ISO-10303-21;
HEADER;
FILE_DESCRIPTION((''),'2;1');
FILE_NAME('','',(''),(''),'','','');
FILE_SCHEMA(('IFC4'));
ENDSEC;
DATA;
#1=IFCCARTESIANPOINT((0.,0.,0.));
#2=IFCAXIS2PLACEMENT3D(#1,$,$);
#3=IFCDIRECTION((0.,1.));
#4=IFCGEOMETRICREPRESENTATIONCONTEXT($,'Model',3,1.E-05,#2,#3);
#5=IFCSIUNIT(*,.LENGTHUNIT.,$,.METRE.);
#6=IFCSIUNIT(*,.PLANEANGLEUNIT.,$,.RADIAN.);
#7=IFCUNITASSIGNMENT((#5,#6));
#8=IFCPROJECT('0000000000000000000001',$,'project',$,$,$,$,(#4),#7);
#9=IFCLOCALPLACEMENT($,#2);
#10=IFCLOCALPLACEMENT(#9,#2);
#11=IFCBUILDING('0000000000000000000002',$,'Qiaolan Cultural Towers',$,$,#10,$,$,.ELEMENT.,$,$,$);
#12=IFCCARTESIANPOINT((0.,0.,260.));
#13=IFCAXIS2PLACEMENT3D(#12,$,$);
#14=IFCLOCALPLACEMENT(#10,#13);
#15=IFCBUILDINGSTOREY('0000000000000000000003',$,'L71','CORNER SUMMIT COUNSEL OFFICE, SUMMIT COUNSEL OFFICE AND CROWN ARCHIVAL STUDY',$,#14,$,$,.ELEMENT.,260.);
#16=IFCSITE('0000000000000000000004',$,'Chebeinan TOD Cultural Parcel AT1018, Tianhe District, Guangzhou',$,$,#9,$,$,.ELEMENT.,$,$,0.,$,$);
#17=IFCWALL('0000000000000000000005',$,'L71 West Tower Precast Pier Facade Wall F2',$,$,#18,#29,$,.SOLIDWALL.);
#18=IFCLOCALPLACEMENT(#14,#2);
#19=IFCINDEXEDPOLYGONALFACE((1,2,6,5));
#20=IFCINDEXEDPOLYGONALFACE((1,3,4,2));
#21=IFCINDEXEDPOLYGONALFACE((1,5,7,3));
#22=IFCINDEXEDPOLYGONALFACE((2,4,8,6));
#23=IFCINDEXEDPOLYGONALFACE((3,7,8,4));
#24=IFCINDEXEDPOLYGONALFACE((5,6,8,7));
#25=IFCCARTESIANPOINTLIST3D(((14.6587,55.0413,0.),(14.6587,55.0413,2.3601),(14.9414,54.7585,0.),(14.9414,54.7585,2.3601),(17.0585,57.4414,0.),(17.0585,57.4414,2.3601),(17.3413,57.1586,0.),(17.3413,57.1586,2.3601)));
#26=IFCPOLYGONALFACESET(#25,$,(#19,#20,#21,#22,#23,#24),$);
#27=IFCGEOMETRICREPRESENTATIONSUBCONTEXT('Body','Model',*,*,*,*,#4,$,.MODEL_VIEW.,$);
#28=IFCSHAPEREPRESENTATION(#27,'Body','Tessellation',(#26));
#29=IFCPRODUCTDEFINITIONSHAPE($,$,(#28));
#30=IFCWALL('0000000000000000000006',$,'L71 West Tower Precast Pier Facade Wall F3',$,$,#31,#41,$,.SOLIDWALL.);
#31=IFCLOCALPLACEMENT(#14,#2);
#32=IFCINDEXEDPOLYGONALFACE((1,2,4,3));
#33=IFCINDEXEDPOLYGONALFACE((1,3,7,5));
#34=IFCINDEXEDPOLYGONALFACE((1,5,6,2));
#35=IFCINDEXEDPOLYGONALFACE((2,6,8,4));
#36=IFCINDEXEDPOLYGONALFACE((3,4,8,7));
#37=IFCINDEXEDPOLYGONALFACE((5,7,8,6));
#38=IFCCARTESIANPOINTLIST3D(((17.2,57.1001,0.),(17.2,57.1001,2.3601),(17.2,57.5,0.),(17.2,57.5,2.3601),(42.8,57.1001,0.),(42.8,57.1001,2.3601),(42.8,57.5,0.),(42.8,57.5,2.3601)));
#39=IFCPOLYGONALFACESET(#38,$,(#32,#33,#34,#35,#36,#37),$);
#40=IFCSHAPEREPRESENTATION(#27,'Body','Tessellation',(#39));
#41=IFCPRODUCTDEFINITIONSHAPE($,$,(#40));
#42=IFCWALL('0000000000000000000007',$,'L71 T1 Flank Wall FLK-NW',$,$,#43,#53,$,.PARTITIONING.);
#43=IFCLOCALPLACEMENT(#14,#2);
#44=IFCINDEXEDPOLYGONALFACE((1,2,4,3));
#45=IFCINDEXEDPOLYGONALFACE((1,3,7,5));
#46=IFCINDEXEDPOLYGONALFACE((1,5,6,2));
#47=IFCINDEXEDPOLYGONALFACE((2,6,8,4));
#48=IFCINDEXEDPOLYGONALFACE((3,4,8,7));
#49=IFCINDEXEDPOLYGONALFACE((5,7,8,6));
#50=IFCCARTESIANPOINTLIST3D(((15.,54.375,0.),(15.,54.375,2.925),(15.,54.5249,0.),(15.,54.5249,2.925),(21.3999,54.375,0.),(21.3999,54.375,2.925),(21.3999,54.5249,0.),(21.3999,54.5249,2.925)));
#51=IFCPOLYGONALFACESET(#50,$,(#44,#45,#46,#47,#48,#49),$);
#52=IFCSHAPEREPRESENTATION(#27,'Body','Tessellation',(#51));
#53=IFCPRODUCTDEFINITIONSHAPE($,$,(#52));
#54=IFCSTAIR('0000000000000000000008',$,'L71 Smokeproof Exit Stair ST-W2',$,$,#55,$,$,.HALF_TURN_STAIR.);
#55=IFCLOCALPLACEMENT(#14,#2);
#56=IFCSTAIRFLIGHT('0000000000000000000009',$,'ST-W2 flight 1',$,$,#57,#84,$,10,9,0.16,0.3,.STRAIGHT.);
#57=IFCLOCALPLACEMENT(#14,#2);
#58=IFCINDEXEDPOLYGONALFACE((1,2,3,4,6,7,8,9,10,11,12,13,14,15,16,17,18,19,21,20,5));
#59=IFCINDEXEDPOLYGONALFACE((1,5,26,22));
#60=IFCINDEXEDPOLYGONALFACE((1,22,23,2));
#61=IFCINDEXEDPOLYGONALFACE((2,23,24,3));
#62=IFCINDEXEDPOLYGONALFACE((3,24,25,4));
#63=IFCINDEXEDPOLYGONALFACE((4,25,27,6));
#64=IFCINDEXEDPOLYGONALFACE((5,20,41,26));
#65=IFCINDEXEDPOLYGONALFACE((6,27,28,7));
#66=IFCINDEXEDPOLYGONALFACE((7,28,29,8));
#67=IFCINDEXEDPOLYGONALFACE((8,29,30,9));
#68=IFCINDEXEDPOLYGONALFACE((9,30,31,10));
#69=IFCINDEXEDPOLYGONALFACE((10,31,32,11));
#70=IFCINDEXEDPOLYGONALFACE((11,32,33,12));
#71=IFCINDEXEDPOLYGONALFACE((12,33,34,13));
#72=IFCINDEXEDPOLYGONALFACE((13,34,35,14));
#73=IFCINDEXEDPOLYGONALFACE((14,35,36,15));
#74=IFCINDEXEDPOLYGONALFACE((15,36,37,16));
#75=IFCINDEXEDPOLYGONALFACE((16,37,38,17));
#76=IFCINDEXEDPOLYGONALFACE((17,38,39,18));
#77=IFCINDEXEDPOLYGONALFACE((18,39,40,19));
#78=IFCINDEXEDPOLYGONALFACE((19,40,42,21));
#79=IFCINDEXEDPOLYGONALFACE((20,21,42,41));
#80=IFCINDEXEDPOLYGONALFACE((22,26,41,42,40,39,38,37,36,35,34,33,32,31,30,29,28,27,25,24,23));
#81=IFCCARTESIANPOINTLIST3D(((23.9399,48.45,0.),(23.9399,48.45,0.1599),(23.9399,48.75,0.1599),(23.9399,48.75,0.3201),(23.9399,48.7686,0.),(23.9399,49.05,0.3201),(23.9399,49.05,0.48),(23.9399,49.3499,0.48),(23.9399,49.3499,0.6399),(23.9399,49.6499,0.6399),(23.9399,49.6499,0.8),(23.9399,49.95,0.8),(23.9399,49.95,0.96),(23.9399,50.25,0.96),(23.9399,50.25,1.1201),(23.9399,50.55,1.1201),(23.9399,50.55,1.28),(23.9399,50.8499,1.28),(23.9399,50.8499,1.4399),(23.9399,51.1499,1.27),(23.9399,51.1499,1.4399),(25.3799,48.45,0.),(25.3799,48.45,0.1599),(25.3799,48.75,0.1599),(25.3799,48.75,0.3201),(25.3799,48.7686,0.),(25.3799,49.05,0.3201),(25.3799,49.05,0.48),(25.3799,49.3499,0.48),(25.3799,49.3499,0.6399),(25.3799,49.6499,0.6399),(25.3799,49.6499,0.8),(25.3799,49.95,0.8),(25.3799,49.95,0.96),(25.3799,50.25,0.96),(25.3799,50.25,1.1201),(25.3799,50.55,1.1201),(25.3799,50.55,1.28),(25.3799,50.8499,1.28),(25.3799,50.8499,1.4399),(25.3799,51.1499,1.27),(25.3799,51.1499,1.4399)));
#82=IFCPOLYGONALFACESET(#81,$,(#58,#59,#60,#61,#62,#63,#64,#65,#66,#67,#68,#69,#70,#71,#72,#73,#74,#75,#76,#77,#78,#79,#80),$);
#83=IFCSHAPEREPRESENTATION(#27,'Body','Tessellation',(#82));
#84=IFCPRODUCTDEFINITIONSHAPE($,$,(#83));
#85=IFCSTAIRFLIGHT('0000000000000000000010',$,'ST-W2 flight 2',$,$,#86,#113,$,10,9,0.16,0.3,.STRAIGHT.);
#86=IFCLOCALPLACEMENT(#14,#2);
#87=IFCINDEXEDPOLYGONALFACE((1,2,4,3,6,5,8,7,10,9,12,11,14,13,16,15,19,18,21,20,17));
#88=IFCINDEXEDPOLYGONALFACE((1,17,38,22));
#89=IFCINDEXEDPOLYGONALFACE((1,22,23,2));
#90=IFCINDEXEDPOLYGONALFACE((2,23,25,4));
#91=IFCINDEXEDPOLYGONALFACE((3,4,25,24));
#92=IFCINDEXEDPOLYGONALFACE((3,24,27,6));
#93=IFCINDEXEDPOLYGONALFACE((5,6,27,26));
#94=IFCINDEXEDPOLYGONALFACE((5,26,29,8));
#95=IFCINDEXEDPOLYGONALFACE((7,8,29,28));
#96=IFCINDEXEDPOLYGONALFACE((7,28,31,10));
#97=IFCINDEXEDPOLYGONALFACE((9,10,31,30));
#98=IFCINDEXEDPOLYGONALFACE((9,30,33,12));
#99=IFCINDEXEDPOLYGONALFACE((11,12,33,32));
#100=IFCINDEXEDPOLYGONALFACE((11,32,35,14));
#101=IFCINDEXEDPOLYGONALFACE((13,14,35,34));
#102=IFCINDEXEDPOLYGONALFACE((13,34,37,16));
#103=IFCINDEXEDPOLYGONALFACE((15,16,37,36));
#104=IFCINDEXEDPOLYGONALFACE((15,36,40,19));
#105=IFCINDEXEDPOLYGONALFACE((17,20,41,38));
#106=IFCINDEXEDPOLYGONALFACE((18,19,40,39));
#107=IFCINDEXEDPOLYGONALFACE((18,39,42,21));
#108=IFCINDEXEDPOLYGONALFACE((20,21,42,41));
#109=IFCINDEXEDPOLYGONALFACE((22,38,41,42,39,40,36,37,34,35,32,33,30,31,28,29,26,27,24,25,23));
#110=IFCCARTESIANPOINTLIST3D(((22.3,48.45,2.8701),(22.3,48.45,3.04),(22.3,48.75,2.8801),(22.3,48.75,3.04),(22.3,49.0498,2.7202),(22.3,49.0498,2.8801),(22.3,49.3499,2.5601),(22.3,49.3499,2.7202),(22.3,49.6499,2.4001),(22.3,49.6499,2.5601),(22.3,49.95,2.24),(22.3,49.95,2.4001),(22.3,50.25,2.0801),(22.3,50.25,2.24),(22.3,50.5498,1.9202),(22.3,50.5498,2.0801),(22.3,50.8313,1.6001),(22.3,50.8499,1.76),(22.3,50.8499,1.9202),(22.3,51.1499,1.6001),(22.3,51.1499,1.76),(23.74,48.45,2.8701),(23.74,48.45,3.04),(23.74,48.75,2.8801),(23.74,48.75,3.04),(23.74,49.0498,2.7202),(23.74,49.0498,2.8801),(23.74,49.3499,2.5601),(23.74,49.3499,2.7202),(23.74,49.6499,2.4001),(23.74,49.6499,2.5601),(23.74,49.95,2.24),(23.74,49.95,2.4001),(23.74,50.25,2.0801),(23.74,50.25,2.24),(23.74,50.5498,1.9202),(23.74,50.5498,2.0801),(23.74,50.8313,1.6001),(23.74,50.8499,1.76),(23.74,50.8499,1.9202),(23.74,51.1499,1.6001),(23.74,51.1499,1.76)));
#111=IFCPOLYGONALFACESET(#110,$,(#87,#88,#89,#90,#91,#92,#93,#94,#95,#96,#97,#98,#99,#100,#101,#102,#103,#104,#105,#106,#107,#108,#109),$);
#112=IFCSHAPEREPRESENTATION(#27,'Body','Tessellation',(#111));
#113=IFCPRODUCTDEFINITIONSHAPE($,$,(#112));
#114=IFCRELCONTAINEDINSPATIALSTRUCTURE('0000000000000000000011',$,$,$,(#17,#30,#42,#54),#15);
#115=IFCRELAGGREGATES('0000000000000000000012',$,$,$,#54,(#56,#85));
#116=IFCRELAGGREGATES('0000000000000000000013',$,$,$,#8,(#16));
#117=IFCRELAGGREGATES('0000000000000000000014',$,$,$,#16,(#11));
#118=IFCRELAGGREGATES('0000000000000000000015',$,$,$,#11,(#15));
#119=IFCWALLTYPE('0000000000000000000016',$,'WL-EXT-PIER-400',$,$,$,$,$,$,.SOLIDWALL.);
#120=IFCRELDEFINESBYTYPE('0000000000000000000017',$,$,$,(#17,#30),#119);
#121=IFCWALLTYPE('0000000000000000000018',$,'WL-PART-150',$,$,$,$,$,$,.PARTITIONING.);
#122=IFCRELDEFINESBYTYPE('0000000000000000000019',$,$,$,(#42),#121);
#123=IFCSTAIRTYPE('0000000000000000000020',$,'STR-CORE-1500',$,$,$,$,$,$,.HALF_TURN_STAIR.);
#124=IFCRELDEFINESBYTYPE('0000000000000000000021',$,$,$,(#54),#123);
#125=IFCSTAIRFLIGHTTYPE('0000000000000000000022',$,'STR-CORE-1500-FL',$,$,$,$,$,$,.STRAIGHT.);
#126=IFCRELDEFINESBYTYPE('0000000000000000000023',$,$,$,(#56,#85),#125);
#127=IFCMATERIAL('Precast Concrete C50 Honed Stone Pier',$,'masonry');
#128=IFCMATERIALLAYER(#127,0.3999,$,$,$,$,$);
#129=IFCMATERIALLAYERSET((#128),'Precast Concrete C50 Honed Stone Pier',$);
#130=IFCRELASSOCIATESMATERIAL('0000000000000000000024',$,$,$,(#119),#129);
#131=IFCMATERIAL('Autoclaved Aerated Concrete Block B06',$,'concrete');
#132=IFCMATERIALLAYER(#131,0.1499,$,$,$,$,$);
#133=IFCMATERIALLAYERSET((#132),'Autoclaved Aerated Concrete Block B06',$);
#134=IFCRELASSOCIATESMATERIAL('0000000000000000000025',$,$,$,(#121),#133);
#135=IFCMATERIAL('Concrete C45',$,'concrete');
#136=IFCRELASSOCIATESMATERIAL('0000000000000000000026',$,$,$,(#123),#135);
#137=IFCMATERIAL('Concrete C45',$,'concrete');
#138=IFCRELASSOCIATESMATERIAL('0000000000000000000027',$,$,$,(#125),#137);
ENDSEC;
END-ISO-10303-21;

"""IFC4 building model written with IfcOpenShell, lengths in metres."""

from ifc_helpers import new_model, si_unit, direction, frame, frame_2d, origin, place, context, subcontext, project, spatial, polyline, rectangle, outline, extrude, material, layer, layer_set, type_object, element, aggregate, save


model = new_model("IFC4")

# Units and contexts
model_context = context("Model", 3, precision=1e-05, world=origin(), true_north=direction((0.0, 1.0)))
body_context = subcontext(model_context, "Body", "Model", "MODEL_VIEW")
ifc_project = project(units=[si_unit("LENGTHUNIT", "METRE"), si_unit("PLANEANGLEUNIT", "RADIAN")], contexts=[model_context])

# Site, building, storey
site_placement = place(None, origin())
site = spatial("IfcSite", under=ifc_project, at=site_placement, Name="Chebeinan TOD Cultural Parcel AT1018, Tianhe District, Guangzhou", CompositionType="ELEMENT", RefElevation=0.0)
building_placement = place(site_placement, origin())
building = spatial("IfcBuilding", under=site, at=building_placement, Name="Qiaolan Cultural Towers", CompositionType="ELEMENT")
storey_placement = place(building_placement, frame((0.0, 0.0, 260.0)))
storey = spatial("IfcBuildingStorey", under=building, at=storey_placement, Name="L71", Description="CORNER SUMMIT COUNSEL OFFICE, SUMMIT COUNSEL OFFICE AND CROWN ARCHIVAL STUDY", CompositionType="ELEMENT", Elevation=260.0)

# Walls
ifc_material_1 = material(Name="Precast Concrete C50 Honed Stone Pier", Category="masonry")
ifc_layer_1 = layer(ifc_material_1, 0.3999)
ifc_layer_set_1 = layer_set([ifc_layer_1], Name="Precast Concrete C50 Honed Stone Pier")
wall_type_1 = type_object("IfcWallType", Name="WL-EXT-PIER-400", PredefinedType="SOLIDWALL", material=ifc_layer_set_1)
wall_1_placement = place(storey_placement, frame((14.8, 54.8999, 0.0), z_axis=(0.0, 0.0, 1.0), x_axis=(0.707071, 0.707143, 0.0)))
element("IfcWall", 1, at=wall_1_placement, inside=storey, type_object=wall_type_1, Name="L71 West Tower Precast Pier Facade Wall F2", PredefinedType="SOLIDWALL", context=body_context, shape_type="SweptSolid", body=[
    extrude(rectangle(XDim=3.394, YDim=0.3999, at=frame_2d((1.697, 0.0))), origin(), (0.0, 0.0, 1.0), 2.3601),
])
wall_2_placement = place(storey_placement, frame((17.2, 57.3, 0.0), z_axis=(0.0, 0.0, 1.0), x_axis=(1.0, 0.0, 0.0)))
element("IfcWall", 2, at=wall_2_placement, inside=storey, type_object=wall_type_1, Name="L71 West Tower Precast Pier Facade Wall F3", PredefinedType="SOLIDWALL", context=body_context, shape_type="SweptSolid", body=[
    extrude(rectangle(XDim=25.6001, YDim=0.3999, at=frame_2d((12.8, 0.0))), origin(), (0.0, 0.0, 1.0), 2.3601),
])
ifc_material_2 = material(Name="Autoclaved Aerated Concrete Block B06", Category="concrete")
ifc_layer_2 = layer(ifc_material_2, 0.1499)
ifc_layer_set_2 = layer_set([ifc_layer_2], Name="Autoclaved Aerated Concrete Block B06")
wall_type_2 = type_object("IfcWallType", Name="WL-PART-150", PredefinedType="PARTITIONING", material=ifc_layer_set_2)
wall_3_placement = place(storey_placement, frame((15.0, 54.45, 0.0), z_axis=(0.0, 0.0, 1.0), x_axis=(1.0, 0.0, 0.0)))
element("IfcWall", 3, at=wall_3_placement, inside=storey, type_object=wall_type_2, Name="L71 T1 Flank Wall FLK-NW", PredefinedType="PARTITIONING", context=body_context, shape_type="SweptSolid", body=[
    extrude(rectangle(XDim=6.3999, YDim=0.1499, at=frame_2d((3.2, 0.0))), origin(), (0.0, 0.0, 1.0), 2.925),
])

# Stair, stair flights
ifc_material_3 = material(Name="Concrete C45", Category="concrete")
stair_type = type_object("IfcStairType", Name="STR-CORE-1500", PredefinedType="HALF_TURN_STAIR", material=ifc_material_3)
stair_placement = place(storey_placement, origin())
stair = element("IfcStair", 4, at=stair_placement, inside=storey, type_object=stair_type, Name="L71 Smokeproof Exit Stair ST-W2", PredefinedType="HALF_TURN_STAIR")
ifc_material_4 = material(Name="Concrete C45", Category="concrete")
stair_flight_type = type_object("IfcStairFlightType", Name="STR-CORE-1500-FL", PredefinedType="STRAIGHT", material=ifc_material_4)
stair_flight_1_placement = place(storey_placement, frame((24.6599, 48.45, 0.0), z_axis=(0.0, 0.0, 1.0), x_axis=(0.0, 1.0, 0.0)))
stair_flight_1 = element("IfcStairFlight", 5, at=stair_flight_1_placement, type_object=stair_flight_type, Name="ST-W2 flight 1", NumberOfRisers=10, NumberOfTreads=9, PredefinedType="STRAIGHT", RiserHeight=0.16, TreadLength=0.3, context=body_context, shape_type="SweptSolid", body=[
    extrude(outline(polyline([(0.0, 0.0), (0.0, 0.1599), (0.3, 0.1599), (0.3, 0.3201), (0.6001, 0.3201), (0.6001, 0.48), (0.8999, 0.48), (0.8999, 0.6399), (1.2, 0.6399), (1.2, 0.8), (1.5, 0.8), (1.5, 0.96), (1.8, 0.96), (1.8, 1.1201), (2.1001, 1.1201), (2.1001, 1.28), (2.3999, 1.28), (2.3999, 1.4399), (2.7, 1.4399), (2.7, 1.6001), (2.7, 1.27), (0.3186, 0.0), (0.0, 0.0)])), frame((0.0, 0.72, 0.0), z_axis=(0.0, -1.0, 0.0), x_axis=(1.0, 0.0, 0.0)), (0.0, 0.0, 1.0), 1.4399),
])
stair_flight_2_placement = place(storey_placement, frame((23.02, 51.1499, 1.6001), z_axis=(0.0, 0.0, 1.0), x_axis=(0.0, -1.0, 0.0)))
stair_flight_2 = element("IfcStairFlight", 6, at=stair_flight_2_placement, type_object=stair_flight_type, Name="ST-W2 flight 2", NumberOfRisers=10, NumberOfTreads=9, PredefinedType="STRAIGHT", RiserHeight=0.16, TreadLength=0.3, context=body_context, shape_type="SweptSolid", body=[
    extrude(outline(polyline([(0.0, 0.0), (0.0, 0.1599), (0.3, 0.1599), (0.3, 0.3201), (0.6001, 0.3201), (0.6001, 0.48), (0.8999, 0.48), (0.8999, 0.6399), (1.2, 0.6399), (1.2, 0.8), (1.5, 0.8), (1.5, 0.96), (1.8, 0.96), (1.8, 1.1201), (2.1001, 1.1201), (2.1001, 1.28), (2.3999, 1.28), (2.3999, 1.4399), (2.7, 1.4399), (2.7, 1.6001), (2.7, 1.27), (0.3186, 0.0), (0.0, 0.0)])), frame((0.0, 0.72, 0.0), z_axis=(0.0, -1.0, 0.0), x_axis=(1.0, 0.0, 0.0)), (0.0, 0.0, 1.0), 1.4399),
])
aggregate(stair, [stair_flight_1, stair_flight_2])

save(model, "model.ifc")
